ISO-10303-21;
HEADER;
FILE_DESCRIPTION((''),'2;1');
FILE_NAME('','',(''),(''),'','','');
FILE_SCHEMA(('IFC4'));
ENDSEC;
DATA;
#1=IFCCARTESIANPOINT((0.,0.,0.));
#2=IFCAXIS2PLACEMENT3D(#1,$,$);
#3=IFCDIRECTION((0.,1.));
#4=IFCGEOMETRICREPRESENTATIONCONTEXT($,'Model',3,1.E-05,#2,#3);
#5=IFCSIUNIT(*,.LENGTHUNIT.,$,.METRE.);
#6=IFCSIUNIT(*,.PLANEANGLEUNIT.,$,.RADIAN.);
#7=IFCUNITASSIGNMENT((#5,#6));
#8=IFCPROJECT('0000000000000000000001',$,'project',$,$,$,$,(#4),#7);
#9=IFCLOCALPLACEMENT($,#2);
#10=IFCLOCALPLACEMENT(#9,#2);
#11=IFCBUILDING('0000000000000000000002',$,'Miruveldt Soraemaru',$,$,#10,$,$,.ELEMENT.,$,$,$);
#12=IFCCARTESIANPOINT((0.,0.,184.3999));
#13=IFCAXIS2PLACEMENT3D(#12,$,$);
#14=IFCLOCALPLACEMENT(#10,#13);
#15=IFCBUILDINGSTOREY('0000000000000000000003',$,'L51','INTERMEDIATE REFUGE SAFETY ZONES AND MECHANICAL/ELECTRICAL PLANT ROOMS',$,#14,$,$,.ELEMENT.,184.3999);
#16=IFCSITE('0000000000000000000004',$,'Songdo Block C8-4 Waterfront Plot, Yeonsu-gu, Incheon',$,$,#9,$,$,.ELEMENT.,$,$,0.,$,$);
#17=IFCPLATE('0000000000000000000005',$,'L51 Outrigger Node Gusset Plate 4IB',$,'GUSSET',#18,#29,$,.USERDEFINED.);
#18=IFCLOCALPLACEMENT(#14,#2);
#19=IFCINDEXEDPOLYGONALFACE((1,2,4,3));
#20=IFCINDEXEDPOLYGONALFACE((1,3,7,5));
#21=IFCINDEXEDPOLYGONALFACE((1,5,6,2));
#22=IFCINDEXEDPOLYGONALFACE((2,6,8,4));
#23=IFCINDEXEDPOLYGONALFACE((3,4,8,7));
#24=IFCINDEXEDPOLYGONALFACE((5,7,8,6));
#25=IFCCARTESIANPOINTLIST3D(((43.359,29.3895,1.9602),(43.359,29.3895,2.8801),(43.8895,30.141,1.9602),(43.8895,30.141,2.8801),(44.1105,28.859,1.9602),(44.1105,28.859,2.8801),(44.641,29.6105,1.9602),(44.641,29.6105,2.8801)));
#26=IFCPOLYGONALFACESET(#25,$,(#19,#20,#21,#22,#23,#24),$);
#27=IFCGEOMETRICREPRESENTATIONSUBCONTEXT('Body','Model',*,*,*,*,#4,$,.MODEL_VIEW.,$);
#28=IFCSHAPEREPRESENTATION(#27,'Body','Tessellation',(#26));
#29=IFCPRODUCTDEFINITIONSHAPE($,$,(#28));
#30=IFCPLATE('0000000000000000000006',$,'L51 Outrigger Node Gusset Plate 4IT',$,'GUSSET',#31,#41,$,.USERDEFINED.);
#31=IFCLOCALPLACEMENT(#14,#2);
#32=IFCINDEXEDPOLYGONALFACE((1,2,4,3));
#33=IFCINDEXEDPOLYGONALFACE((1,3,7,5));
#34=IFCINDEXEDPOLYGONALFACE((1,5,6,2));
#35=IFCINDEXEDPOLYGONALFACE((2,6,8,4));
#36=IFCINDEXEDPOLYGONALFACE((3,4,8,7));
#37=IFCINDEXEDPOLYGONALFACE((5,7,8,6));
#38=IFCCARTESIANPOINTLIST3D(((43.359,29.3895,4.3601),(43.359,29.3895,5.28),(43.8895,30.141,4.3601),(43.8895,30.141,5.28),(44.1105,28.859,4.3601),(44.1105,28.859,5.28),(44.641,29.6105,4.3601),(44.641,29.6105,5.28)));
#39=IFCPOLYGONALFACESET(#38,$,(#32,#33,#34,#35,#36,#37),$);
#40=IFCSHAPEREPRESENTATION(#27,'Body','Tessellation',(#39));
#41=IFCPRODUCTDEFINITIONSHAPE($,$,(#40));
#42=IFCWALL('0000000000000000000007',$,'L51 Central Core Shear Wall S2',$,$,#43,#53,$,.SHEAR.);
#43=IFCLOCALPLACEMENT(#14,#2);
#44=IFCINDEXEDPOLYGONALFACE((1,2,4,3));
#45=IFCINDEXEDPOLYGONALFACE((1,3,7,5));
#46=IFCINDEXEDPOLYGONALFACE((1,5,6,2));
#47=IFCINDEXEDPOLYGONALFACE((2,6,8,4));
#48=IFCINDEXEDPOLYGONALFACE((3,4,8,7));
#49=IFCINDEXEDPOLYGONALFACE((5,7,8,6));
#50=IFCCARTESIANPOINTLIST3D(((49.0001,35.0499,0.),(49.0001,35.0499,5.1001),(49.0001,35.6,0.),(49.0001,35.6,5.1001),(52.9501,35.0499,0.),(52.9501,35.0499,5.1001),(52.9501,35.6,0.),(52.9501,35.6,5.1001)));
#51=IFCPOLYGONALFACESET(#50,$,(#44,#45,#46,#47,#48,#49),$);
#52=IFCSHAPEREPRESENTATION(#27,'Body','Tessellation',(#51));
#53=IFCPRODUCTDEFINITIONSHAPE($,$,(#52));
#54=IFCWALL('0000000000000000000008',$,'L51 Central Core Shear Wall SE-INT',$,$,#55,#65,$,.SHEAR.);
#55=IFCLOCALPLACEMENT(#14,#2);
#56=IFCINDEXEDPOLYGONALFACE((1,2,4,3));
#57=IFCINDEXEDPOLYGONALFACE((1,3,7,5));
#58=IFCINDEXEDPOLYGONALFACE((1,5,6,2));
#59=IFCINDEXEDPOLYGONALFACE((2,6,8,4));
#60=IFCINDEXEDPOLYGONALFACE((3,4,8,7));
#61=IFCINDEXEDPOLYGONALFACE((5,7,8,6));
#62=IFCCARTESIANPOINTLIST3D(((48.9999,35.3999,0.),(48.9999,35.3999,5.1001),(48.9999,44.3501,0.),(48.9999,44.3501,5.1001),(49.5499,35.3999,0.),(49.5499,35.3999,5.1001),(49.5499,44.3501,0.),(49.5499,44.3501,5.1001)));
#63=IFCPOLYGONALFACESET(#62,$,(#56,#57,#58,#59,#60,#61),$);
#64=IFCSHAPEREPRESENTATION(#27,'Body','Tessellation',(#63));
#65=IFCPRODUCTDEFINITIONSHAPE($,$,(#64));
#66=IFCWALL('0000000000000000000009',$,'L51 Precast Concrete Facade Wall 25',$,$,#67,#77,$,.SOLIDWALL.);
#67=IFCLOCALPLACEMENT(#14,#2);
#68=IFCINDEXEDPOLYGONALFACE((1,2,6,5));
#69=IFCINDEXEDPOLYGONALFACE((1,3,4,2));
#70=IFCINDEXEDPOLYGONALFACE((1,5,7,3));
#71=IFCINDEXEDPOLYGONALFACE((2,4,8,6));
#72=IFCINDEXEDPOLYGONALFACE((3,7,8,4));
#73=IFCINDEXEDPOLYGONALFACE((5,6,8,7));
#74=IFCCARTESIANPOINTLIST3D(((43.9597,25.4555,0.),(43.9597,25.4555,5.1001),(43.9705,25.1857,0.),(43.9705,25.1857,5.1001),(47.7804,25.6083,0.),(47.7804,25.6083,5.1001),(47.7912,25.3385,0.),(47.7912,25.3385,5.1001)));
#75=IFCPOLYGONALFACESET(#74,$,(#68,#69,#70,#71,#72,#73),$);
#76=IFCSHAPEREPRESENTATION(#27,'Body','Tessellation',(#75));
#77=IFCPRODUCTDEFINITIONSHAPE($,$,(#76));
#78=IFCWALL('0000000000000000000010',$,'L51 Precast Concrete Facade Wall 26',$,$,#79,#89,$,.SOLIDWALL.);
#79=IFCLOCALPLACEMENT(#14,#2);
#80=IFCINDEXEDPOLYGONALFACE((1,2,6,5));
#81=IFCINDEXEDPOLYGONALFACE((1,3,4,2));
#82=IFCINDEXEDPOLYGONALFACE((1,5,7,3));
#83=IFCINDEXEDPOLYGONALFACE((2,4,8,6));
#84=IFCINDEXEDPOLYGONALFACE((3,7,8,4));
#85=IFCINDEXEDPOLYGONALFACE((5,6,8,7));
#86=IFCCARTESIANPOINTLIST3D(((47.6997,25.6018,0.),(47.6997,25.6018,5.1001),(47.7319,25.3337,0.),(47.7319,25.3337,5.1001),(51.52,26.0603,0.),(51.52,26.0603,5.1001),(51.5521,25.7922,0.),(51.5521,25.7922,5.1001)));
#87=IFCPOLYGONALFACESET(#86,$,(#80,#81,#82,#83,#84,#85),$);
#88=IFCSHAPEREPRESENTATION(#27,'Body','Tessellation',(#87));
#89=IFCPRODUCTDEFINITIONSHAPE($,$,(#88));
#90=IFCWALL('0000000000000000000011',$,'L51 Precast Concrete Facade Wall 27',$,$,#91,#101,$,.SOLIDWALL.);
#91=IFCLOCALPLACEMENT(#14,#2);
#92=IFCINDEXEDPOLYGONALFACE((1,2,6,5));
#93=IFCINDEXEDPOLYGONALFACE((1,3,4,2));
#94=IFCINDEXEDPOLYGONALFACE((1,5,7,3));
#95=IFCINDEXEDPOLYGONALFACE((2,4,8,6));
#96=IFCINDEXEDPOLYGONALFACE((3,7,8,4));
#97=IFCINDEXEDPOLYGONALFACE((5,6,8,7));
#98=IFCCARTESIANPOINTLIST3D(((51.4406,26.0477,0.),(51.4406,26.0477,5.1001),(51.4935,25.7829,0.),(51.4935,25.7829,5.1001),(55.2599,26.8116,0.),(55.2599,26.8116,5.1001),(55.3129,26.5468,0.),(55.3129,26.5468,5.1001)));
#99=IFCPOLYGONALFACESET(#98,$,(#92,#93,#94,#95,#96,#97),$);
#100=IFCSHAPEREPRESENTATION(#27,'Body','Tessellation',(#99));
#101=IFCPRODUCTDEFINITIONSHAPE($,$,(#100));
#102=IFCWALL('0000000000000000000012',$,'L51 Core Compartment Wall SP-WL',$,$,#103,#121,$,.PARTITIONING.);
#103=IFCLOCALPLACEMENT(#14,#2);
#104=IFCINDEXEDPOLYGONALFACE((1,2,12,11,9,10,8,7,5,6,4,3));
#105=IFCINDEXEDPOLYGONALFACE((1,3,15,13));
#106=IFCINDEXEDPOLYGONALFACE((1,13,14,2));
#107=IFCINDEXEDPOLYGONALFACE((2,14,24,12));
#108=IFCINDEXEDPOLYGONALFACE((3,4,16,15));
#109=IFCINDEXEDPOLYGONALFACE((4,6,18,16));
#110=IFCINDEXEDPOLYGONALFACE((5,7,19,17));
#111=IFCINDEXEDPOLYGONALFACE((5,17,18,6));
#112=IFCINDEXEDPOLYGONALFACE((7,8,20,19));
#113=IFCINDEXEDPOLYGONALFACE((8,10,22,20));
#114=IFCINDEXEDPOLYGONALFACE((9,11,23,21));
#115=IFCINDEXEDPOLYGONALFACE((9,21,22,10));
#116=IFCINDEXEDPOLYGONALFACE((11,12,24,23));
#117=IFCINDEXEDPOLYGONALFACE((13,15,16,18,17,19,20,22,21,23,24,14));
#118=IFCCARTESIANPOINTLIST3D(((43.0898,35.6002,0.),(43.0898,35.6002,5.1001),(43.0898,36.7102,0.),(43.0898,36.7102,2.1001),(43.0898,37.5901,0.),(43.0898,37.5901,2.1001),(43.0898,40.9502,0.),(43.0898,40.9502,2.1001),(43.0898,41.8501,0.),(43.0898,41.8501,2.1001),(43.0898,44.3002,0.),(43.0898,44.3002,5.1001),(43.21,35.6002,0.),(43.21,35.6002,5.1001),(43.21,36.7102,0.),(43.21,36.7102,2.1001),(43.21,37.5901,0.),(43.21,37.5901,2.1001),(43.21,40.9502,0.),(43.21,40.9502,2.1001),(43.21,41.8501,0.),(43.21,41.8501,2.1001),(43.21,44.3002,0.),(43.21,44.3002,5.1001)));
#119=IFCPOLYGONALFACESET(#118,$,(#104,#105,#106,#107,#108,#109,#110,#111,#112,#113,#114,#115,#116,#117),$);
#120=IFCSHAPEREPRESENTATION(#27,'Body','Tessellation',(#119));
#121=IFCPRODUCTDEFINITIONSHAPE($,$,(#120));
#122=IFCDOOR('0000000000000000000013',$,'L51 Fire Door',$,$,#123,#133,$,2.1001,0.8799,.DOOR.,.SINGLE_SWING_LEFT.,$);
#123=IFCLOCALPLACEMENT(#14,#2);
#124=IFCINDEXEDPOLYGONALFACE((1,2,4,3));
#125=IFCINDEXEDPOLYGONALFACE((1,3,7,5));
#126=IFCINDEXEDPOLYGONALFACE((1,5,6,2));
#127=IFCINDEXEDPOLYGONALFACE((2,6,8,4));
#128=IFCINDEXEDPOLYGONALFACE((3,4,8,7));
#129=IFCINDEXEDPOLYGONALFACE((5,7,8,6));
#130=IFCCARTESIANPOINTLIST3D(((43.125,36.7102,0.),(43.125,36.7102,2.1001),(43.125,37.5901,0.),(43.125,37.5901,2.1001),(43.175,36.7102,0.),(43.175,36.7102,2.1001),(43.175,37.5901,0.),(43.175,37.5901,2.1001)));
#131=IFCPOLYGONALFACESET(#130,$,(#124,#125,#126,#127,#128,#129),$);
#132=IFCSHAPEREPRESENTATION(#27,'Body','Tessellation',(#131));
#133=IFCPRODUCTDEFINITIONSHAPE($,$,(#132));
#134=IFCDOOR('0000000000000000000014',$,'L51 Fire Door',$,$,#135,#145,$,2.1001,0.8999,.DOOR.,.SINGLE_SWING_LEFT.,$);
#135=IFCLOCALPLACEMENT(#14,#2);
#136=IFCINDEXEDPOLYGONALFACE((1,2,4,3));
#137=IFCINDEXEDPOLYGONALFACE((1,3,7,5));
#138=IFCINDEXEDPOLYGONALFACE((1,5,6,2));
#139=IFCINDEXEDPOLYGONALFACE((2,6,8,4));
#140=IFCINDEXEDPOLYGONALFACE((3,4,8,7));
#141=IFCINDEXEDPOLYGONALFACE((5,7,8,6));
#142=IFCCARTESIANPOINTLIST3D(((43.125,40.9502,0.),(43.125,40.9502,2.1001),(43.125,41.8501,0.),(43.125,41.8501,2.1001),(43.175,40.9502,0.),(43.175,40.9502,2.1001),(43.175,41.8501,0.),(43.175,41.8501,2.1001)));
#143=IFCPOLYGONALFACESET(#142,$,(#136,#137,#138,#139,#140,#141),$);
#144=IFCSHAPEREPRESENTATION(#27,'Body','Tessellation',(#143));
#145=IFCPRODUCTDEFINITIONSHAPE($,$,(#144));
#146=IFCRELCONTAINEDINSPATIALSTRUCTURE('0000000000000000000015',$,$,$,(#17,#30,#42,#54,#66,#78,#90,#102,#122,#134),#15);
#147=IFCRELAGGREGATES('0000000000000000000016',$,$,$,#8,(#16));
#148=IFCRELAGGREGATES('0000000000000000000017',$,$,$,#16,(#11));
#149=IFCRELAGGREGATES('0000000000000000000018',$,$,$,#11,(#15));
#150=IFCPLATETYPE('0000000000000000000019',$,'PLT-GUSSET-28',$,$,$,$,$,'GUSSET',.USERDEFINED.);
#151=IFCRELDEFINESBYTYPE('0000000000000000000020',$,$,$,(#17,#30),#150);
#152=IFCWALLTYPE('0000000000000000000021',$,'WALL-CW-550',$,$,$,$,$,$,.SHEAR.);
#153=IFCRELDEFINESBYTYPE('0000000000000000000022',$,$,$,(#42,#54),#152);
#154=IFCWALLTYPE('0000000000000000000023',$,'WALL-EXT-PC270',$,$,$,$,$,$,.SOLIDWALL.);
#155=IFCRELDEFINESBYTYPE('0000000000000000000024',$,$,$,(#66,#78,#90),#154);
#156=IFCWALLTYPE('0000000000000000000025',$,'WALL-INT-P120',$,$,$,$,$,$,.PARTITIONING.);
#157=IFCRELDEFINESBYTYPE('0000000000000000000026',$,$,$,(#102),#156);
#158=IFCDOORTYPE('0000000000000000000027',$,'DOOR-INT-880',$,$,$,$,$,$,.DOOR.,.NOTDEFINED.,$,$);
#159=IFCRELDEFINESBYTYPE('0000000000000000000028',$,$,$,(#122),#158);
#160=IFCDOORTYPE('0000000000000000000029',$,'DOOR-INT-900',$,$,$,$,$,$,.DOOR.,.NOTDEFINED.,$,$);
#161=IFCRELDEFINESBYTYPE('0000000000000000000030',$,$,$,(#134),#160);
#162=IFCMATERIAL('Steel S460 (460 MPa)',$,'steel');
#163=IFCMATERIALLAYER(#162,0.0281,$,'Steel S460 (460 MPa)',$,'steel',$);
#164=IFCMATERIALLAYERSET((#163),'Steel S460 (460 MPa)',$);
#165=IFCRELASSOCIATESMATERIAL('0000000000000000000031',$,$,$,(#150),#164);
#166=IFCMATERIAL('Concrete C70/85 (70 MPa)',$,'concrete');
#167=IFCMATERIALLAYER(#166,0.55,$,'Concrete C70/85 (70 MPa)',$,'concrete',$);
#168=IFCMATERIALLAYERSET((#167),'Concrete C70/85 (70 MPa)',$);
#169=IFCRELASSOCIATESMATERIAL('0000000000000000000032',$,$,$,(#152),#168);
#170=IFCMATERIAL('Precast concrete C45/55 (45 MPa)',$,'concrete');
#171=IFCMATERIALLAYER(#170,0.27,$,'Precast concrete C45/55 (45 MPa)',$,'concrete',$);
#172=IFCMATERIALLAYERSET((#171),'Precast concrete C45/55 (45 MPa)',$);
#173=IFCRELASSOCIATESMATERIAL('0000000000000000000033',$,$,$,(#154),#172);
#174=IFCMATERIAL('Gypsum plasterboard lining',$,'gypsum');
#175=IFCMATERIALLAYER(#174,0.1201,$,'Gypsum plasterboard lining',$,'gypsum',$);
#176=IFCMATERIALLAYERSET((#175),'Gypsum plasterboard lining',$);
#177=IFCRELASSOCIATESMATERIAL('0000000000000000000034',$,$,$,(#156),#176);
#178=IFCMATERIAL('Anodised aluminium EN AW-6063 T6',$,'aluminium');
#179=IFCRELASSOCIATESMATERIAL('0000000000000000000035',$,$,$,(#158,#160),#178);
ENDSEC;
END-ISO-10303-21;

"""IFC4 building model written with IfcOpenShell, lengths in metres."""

from ifc_helpers import new_model, si_unit, direction, frame, frame_2d, origin, origin_2d, place, context, subcontext, project, spatial, rectangle, extrude, material, layer, layer_set, type_object, element, fill, save


model = new_model("IFC4")

# Units and contexts
model_context = context("Model", 3, precision=1e-05, world=origin(), true_north=direction((0.0, 1.0)))
body_context = subcontext(model_context, "Body", "Model", "MODEL_VIEW")
ifc_project = project(units=[si_unit("LENGTHUNIT", "METRE"), si_unit("PLANEANGLEUNIT", "RADIAN")], contexts=[model_context])

# Site, building, storey
site_placement = place(None, origin())
site = spatial("IfcSite", under=ifc_project, at=site_placement, Name="Songdo Block C8-4 Waterfront Plot, Yeonsu-gu, Incheon", CompositionType="ELEMENT", RefElevation=0.0)
building_placement = place(site_placement, origin())
building = spatial("IfcBuilding", under=site, at=building_placement, Name="Miruveldt Soraemaru", CompositionType="ELEMENT")
storey_placement = place(building_placement, frame((0.0, 0.0, 184.3999)))
storey = spatial("IfcBuildingStorey", under=building, at=storey_placement, Name="L51", Description="INTERMEDIATE REFUGE SAFETY ZONES AND MECHANICAL/ELECTRICAL PLANT ROOMS", CompositionType="ELEMENT", Elevation=184.3999)

# Shared definitions
ifc_material_1 = material(Name="Concrete C70/85 (70 MPa)", Category="concrete")

# Shared definitions
ifc_material_2 = material(Name="Steel S460 (460 MPa)", Category="steel")

# Plates
ifc_layer_1 = layer(ifc_material_2, 0.0281, Name="Steel S460 (460 MPa)", Category="steel")
ifc_layer_set_1 = layer_set([ifc_layer_1], Name="Steel S460 (460 MPa)")
plate_type = type_object("IfcPlateType", Name="PLT-GUSSET-28", ElementType="GUSSET", PredefinedType="USERDEFINED", material=ifc_layer_set_1)
for number, where, z_axis, x_axis, name in (
    (1, (44.0, 29.5, 1.9602), (0.0, 0.0, 1.0), (0.816944, -0.576718, 0.0), "L51 Outrigger Node Gusset Plate 4IB"),
    (2, (44.0, 29.5, 4.3601), (0.0, 0.0, 1.0), (0.816944, -0.576718, 0.0), "L51 Outrigger Node Gusset Plate 4IT"),
):
    element("IfcPlate", number, at=place(storey_placement, frame(where, z_axis=z_axis, x_axis=x_axis)), inside=storey, type_object=plate_type, Name=name, ObjectType="GUSSET", PredefinedType="USERDEFINED", context=body_context, shape_type="SweptSolid", body=[
        extrude(rectangle(XDim=0.9199, YDim=0.9199, at=origin_2d()), origin(), (0.0, 0.0, 1.0), 0.9199),
    ])

# Walls
ifc_layer_2 = layer(ifc_material_1, 0.55, Name="Concrete C70/85 (70 MPa)", Category="concrete")
ifc_layer_set_2 = layer_set([ifc_layer_2], Name="Concrete C70/85 (70 MPa)")
wall_type_1 = type_object("IfcWallType", Name="WALL-CW-550", PredefinedType="SHEAR", material=ifc_layer_set_2)
wall_1_placement = place(storey_placement, frame((49.0, 35.325, 0.0), z_axis=(0.0, 0.0, 1.0), x_axis=(1.0, 0.0, 0.0)))
element("IfcWall", 3, at=wall_1_placement, inside=storey, type_object=wall_type_1, Name="L51 Central Core Shear Wall S2", PredefinedType="SHEAR", context=body_context, shape_type="SweptSolid", body=[
    extrude(rectangle(XDim=3.95, YDim=0.55, at=frame_2d((1.9751, 0.0))), origin(), (0.0, 0.0, 1.0), 5.1001),
])
wall_2_placement = place(storey_placement, frame((49.2749, 35.3999, 0.0), z_axis=(0.0, 0.0, 1.0), x_axis=(0.0, 1.0, 0.0)))
element("IfcWall", 4, at=wall_2_placement, inside=storey, type_object=wall_type_1, Name="L51 Central Core Shear Wall SE-INT", PredefinedType="SHEAR", context=body_context, shape_type="SweptSolid", body=[
    extrude(rectangle(XDim=8.9502, YDim=0.55, at=frame_2d((4.4751, 0.0))), origin(), (0.0, 0.0, 1.0), 5.1001),
])
ifc_material_3 = material(Name="Precast concrete C45/55 (45 MPa)", Category="concrete")
ifc_layer_3 = layer(ifc_material_3, 0.27, Name="Precast concrete C45/55 (45 MPa)", Category="concrete")
ifc_layer_set_3 = layer_set([ifc_layer_3], Name="Precast concrete C45/55 (45 MPa)")
wall_type_2 = type_object("IfcWallType", Name="WALL-EXT-PC270", PredefinedType="SOLIDWALL", material=ifc_layer_set_3)
wall_3_placement = place(storey_placement, frame((43.9651, 25.3206, 0.0), z_axis=(0.0, 0.0, 1.0), x_axis=(0.999201, 0.039971, 0.0)))
element("IfcWall", 5, at=wall_3_placement, inside=storey, type_object=wall_type_2, Name="L51 Precast Concrete Facade Wall 25", PredefinedType="SOLIDWALL", context=body_context, shape_type="SweptSolid", body=[
    extrude(rectangle(XDim=3.8237, YDim=0.27, at=frame_2d((1.9119, 0.0))), origin(), (0.0, 0.0, 1.0), 5.1001),
])
wall_4_placement = place(storey_placement, frame((47.7158, 25.4678, 0.0), z_axis=(0.0, 0.0, 1.0), x_axis=(0.992875, 0.11916, 0.0)))
element("IfcWall", 6, at=wall_4_placement, inside=storey, type_object=wall_type_2, Name="L51 Precast Concrete Facade Wall 26", PredefinedType="SOLIDWALL", context=body_context, shape_type="SweptSolid", body=[
    extrude(rectangle(XDim=3.8477, YDim=0.27, at=frame_2d((1.9238, 0.0))), origin(), (0.0, 0.0, 1.0), 5.1001),
])
wall_5_placement = place(storey_placement, frame((51.467, 25.9153, 0.0), z_axis=(0.0, 0.0, 1.0), x_axis=(0.980578, 0.196128, 0.0)))
element("IfcWall", 7, at=wall_5_placement, inside=storey, type_object=wall_type_2, Name="L51 Precast Concrete Facade Wall 27", PredefinedType="SOLIDWALL", context=body_context, shape_type="SweptSolid", body=[
    extrude(rectangle(XDim=3.895, YDim=0.27, at=frame_2d((1.9475, 0.0))), origin(), (0.0, 0.0, 1.0), 5.1001),
])

# Wall, openings, doors
ifc_material_4 = material(Name="Gypsum plasterboard lining", Category="gypsum")
ifc_layer_4 = layer(ifc_material_4, 0.1201, Name="Gypsum plasterboard lining", Category="gypsum")
ifc_layer_set_4 = layer_set([ifc_layer_4], Name="Gypsum plasterboard lining")
wall_type_3 = type_object("IfcWallType", Name="WALL-INT-P120", PredefinedType="PARTITIONING", material=ifc_layer_set_4)
wall_6_placement = place(storey_placement, frame((43.1499, 35.6001, 0.0), z_axis=(0.0, 0.0, 1.0), x_axis=(0.0, 1.0, 0.0)))
wall_6 = element("IfcWall", 8, at=wall_6_placement, inside=storey, type_object=wall_type_3, Name="L51 Core Compartment Wall SP-WL", PredefinedType="PARTITIONING", context=body_context, shape_type="SweptSolid", body=[
    extrude(rectangle(XDim=8.7, YDim=0.1201, at=frame_2d((4.3501, 0.0))), origin(), (0.0, 0.0, 1.0), 5.1001),
])
opening_1_placement = place(wall_6_placement, frame((1.1101, 0.0, 0.0)))
opening_1 = element("IfcOpeningElement", 9, at=opening_1_placement, cuts=wall_6, PredefinedType="OPENING", context=body_context, shape_type="SweptSolid", body=[
    extrude(rectangle(XDim=0.8799, YDim=2.1001, at=frame_2d((0.4399, 1.05))), frame((0.0, 0.0701, 0.0), z_axis=(0.0, -1.0, 0.0), x_axis=(1.0, 0.0, 0.0)), (0.0, 0.0, 1.0), 0.1401),
])
opening_2_placement = place(wall_6_placement, frame((5.3501, 0.0, 0.0)))
opening_2 = element("IfcOpeningElement", 10, at=opening_2_placement, cuts=wall_6, PredefinedType="OPENING", context=body_context, shape_type="SweptSolid", body=[
    extrude(rectangle(XDim=0.8999, YDim=2.1001, at=frame_2d((0.45, 1.05))), frame((0.0, 0.0701, 0.0), z_axis=(0.0, -1.0, 0.0), x_axis=(1.0, 0.0, 0.0)), (0.0, 0.0, 1.0), 0.1401),
])
ifc_material_5 = material(Name="Anodised aluminium EN AW-6063 T6", Category="aluminium")
door_type_1 = type_object("IfcDoorType", Name="DOOR-INT-880", OperationType="NOTDEFINED", PredefinedType="DOOR", material=ifc_material_5)
door_1_placement = place(opening_1_placement, origin())
door_1 = element("IfcDoor", 11, at=door_1_placement, inside=storey, type_object=door_type_1, Name="L51 Fire Door", OperationType="SINGLE_SWING_LEFT", OverallHeight=2.1001, OverallWidth=0.8799, PredefinedType="DOOR", context=body_context, shape_type="SweptSolid", body=[
    extrude(rectangle(XDim=0.8799, YDim=2.1001, at=frame_2d((0.4399, 1.05))), frame((0.0, 0.0249, 0.0), z_axis=(0.0, -1.0, 0.0), x_axis=(1.0, 0.0, 0.0)), (0.0, 0.0, 1.0), 0.05),
])
fill(opening_1, door_1)
door_type_2 = type_object("IfcDoorType", Name="DOOR-INT-900", OperationType="NOTDEFINED", PredefinedType="DOOR", material=ifc_material_5)
door_2_placement = place(opening_2_placement, origin())
door_2 = element("IfcDoor", 12, at=door_2_placement, inside=storey, type_object=door_type_2, Name="L51 Fire Door", OperationType="SINGLE_SWING_LEFT", OverallHeight=2.1001, OverallWidth=0.8999, PredefinedType="DOOR", context=body_context, shape_type="SweptSolid", body=[
    extrude(rectangle(XDim=0.8999, YDim=2.1001, at=frame_2d((0.45, 1.05))), frame((0.0, 0.0249, 0.0), z_axis=(0.0, -1.0, 0.0), x_axis=(1.0, 0.0, 0.0)), (0.0, 0.0, 1.0), 0.05),
])
fill(opening_2, door_2)

save(model, "model.ifc")
